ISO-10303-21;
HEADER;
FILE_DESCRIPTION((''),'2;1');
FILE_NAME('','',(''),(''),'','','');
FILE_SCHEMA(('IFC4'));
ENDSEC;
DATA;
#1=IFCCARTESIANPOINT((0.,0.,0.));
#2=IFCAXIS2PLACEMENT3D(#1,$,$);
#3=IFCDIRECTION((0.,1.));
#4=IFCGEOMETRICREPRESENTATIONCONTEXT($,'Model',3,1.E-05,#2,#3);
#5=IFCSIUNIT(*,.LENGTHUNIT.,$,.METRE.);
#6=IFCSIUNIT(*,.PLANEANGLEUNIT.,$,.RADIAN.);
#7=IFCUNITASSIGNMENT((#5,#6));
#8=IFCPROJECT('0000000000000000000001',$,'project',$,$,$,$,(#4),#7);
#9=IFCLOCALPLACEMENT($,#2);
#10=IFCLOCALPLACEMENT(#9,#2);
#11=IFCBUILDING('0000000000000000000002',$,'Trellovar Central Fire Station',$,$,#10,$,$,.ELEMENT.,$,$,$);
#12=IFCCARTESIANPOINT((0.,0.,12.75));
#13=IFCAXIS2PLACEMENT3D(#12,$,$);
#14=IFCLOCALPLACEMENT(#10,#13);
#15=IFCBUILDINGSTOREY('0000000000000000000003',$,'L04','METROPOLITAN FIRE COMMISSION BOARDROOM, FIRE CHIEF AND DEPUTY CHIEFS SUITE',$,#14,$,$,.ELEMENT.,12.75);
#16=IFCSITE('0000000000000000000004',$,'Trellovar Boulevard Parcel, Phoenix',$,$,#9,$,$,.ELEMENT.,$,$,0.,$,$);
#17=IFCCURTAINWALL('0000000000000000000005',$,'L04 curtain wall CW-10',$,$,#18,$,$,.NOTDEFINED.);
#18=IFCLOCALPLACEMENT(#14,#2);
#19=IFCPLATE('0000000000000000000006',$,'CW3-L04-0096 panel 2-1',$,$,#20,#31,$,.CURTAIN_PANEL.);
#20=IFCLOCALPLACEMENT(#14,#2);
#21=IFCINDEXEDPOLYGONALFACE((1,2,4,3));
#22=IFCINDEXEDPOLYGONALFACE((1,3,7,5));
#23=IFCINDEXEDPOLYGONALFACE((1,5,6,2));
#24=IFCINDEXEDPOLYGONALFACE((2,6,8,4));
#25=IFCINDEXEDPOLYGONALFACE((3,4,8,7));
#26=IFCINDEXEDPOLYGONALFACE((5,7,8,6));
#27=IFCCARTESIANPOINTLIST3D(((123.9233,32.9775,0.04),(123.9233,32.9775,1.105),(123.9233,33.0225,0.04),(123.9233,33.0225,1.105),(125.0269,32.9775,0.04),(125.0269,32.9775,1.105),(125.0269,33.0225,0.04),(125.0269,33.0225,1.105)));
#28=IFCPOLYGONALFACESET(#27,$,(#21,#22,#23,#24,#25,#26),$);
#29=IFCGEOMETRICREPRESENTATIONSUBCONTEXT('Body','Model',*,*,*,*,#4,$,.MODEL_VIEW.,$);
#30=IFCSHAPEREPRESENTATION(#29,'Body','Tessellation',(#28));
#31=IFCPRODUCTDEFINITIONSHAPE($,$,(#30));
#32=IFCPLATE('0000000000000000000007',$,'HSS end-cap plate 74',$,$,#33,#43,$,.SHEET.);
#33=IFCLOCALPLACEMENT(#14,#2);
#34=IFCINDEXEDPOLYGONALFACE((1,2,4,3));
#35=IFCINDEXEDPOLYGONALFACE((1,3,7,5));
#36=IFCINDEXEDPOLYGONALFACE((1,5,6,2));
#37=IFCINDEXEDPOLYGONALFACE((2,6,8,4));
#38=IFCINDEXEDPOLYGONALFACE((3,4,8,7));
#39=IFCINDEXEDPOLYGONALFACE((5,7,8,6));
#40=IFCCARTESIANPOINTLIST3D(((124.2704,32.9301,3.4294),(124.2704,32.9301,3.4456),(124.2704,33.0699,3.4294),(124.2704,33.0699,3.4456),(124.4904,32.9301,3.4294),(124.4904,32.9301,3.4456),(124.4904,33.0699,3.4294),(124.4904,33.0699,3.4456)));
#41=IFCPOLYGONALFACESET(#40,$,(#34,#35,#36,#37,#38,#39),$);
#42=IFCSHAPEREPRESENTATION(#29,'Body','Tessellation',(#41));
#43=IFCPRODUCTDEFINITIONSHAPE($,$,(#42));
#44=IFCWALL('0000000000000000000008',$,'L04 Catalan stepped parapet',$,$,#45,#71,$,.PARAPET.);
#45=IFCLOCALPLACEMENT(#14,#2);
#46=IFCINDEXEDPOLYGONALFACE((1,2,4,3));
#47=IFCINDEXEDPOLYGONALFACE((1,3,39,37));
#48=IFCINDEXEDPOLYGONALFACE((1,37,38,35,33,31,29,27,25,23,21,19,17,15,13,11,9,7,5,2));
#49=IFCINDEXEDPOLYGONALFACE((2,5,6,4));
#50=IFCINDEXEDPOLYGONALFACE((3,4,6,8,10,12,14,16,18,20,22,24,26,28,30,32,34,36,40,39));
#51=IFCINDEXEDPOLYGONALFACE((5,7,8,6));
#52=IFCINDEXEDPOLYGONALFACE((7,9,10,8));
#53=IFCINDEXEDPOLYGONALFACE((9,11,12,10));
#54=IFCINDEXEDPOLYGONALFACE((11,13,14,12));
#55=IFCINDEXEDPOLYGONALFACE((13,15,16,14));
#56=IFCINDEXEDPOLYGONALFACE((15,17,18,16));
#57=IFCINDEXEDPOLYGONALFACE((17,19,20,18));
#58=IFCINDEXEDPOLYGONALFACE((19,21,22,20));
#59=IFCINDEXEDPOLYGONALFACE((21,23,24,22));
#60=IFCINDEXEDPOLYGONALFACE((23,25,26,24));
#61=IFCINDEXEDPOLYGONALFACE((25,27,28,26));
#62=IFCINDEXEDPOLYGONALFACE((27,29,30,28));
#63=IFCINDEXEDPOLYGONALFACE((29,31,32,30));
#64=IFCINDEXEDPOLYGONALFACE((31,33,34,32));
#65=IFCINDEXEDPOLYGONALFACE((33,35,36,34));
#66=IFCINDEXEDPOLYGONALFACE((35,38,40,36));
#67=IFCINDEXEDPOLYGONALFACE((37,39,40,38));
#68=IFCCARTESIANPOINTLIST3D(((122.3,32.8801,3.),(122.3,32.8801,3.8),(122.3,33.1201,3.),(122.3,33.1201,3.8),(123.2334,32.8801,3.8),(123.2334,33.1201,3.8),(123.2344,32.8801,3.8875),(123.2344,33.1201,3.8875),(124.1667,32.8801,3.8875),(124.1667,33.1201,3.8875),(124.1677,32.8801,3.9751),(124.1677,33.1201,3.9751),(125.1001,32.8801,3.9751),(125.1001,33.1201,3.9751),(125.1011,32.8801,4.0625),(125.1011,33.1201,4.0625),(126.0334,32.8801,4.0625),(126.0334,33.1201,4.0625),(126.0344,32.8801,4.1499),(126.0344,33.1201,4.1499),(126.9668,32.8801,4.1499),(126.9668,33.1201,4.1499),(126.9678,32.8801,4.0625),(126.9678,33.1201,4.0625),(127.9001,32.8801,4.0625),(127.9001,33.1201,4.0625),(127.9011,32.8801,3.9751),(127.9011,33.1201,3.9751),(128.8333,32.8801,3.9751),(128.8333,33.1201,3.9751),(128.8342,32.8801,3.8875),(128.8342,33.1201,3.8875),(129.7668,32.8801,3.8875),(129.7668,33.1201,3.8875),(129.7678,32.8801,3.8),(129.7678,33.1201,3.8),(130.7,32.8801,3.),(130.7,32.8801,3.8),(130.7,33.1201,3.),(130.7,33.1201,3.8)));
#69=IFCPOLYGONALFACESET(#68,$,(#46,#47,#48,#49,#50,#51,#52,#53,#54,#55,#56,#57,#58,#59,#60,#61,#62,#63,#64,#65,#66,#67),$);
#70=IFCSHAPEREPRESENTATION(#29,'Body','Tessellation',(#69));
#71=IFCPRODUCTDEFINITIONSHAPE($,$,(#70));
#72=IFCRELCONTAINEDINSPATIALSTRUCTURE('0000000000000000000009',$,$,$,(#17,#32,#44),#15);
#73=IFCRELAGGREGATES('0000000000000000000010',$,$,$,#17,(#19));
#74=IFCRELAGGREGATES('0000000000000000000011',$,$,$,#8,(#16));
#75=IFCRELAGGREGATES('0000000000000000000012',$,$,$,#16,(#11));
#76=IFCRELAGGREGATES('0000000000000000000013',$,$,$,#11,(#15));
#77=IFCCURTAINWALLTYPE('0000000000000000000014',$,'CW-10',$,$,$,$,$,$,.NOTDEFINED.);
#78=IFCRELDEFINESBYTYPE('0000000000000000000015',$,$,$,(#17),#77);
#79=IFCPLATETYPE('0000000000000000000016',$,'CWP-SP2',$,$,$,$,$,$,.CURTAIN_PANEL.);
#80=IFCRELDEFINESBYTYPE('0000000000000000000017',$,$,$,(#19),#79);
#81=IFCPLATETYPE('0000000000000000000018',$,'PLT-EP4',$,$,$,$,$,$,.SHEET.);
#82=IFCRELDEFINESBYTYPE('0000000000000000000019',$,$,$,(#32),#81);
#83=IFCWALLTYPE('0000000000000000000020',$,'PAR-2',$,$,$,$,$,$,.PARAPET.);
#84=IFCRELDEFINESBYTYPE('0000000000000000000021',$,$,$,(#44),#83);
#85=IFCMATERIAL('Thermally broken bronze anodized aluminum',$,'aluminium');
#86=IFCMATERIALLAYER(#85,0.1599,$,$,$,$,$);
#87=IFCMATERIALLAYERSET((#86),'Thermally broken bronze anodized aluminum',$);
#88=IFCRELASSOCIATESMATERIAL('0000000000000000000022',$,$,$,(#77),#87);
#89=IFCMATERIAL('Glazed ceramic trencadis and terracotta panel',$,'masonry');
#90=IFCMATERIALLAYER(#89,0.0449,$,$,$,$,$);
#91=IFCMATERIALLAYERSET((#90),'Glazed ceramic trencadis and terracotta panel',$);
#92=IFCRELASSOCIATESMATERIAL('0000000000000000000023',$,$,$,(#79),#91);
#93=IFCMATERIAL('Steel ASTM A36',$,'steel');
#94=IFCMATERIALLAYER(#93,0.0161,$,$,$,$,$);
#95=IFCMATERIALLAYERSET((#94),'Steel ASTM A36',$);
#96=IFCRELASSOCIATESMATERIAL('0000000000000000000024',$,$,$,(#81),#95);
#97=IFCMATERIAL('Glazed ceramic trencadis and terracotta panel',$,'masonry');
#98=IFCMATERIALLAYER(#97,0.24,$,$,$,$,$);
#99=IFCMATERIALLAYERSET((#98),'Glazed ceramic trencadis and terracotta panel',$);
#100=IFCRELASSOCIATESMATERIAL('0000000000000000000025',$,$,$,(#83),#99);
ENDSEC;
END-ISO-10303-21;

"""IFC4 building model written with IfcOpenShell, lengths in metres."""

from ifc_helpers import new_model, si_unit, direction, frame, origin, origin_2d, place, context, subcontext, project, spatial, polyline, rectangle, outline, extrude, material, layer, layer_set, type_object, element, aggregate, save


model = new_model("IFC4")

# Units and contexts
model_context = context("Model", 3, precision=1e-05, world=origin(), true_north=direction((0.0, 1.0)))
body_context = subcontext(model_context, "Body", "Model", "MODEL_VIEW")
ifc_project = project(units=[si_unit("LENGTHUNIT", "METRE"), si_unit("PLANEANGLEUNIT", "RADIAN")], contexts=[model_context])

# Site, building, storey
site_placement = place(None, origin())
site = spatial("IfcSite", under=ifc_project, at=site_placement, Name="Trellovar Boulevard Parcel, Phoenix", CompositionType="ELEMENT", RefElevation=0.0)
building_placement = place(site_placement, origin())
building = spatial("IfcBuilding", under=site, at=building_placement, Name="Trellovar Central Fire Station", CompositionType="ELEMENT")
storey_placement = place(building_placement, frame((0.0, 0.0, 12.75)))
storey = spatial("IfcBuildingStorey", under=building, at=storey_placement, Name="L04", Description="METROPOLITAN FIRE COMMISSION BOARDROOM, FIRE CHIEF AND DEPUTY CHIEFS SUITE", CompositionType="ELEMENT", Elevation=12.75)

# Curtain wall
ifc_material_1 = material(Name="Thermally broken bronze anodized aluminum", Category="aluminium")
ifc_layer_1 = layer(ifc_material_1, 0.1599)
ifc_layer_set_1 = layer_set([ifc_layer_1], Name="Thermally broken bronze anodized aluminum")
curtain_wall_type = type_object("IfcCurtainWallType", Name="CW-10", PredefinedType="NOTDEFINED", material=ifc_layer_set_1)
curtain_wall_placement = place(storey_placement, origin())
curtain_wall = element("IfcCurtainWall", 1, at=curtain_wall_placement, inside=storey, type_object=curtain_wall_type, Name="L04 curtain wall CW-10", PredefinedType="NOTDEFINED")

# Plates
ifc_material_2 = material(Name="Glazed ceramic trencadis and terracotta panel", Category="masonry")
ifc_layer_2 = layer(ifc_material_2, 0.0449)
ifc_layer_set_2 = layer_set([ifc_layer_2], Name="Glazed ceramic trencadis and terracotta panel")
plate_type_1 = type_object("IfcPlateType", Name="CWP-SP2", PredefinedType="CURTAIN_PANEL", material=ifc_layer_set_2)
plate_1_placement = place(storey_placement, frame((124.4751, 33.0, 0.04), z_axis=(0.0, 0.0, 1.0), x_axis=(-1.0, 0.0, 0.0)))
plate_1 = element("IfcPlate", 2, at=plate_1_placement, type_object=plate_type_1, Name="CW3-L04-0096 panel 2-1", PredefinedType="CURTAIN_PANEL", context=body_context, shape_type="SweptSolid", body=[
    extrude(rectangle(XDim=1.1035, YDim=0.0449, at=origin_2d()), origin(), (0.0, 0.0, 1.0), 1.0649),
])
aggregate(curtain_wall, [plate_1])
ifc_material_3 = material(Name="Steel ASTM A36", Category="steel")
ifc_layer_3 = layer(ifc_material_3, 0.0161)
ifc_layer_set_3 = layer_set([ifc_layer_3], Name="Steel ASTM A36")
plate_type_2 = type_object("IfcPlateType", Name="PLT-EP4", PredefinedType="SHEET", material=ifc_layer_set_3)
plate_2_placement = place(storey_placement, frame((124.3804, 33.0, 3.4294), z_axis=(0.0, 0.0, 1.0), x_axis=(1.0, 0.0, 0.0)))
element("IfcPlate", 3, at=plate_2_placement, inside=storey, type_object=plate_type_2, Name="HSS end-cap plate 74", PredefinedType="SHEET", context=body_context, shape_type="SweptSolid", body=[
    extrude(rectangle(XDim=0.22, YDim=0.1399, at=origin_2d()), origin(), (0.0, 0.0, 1.0), 0.0161),
])

# Wall
ifc_material_4 = material(Name="Glazed ceramic trencadis and terracotta panel", Category="masonry")
ifc_layer_4 = layer(ifc_material_4, 0.24)
ifc_layer_set_4 = layer_set([ifc_layer_4], Name="Glazed ceramic trencadis and terracotta panel")
wall_type = type_object("IfcWallType", Name="PAR-2", PredefinedType="PARAPET", material=ifc_layer_set_4)
wall_placement = place(storey_placement, frame((122.3, 33.0, 3.0), z_axis=(0.0, 0.0, 1.0), x_axis=(1.0, 0.0, 0.0)))
element("IfcWall", 4, at=wall_placement, inside=storey, type_object=wall_type, Name="L04 Catalan stepped parapet", PredefinedType="PARAPET", context=body_context, shape_type="SweptSolid", body=[
    extrude(outline(polyline([(0.0, 0.0), (8.3999, 0.0), (8.3999, 0.8), (7.4678, 0.8), (7.4668, 0.8875), (6.5342, 0.8875), (6.5332, 0.9751), (5.6011, 0.9751), (5.6001, 1.0625), (4.6677, 1.0625), (4.6667, 1.1499), (3.7344, 1.1499), (3.7334, 1.0625), (2.801, 1.0625), (2.8, 0.9751), (1.8677, 0.9751), (1.8667, 0.8875), (0.9343, 0.8875), (0.9333, 0.8), (0.0, 0.8), (0.0, 0.0)])), frame((0.0, 0.1201, 0.0), z_axis=(0.0, -1.0, 0.0), x_axis=(1.0, 0.0, 0.0)), (0.0, 0.0, 1.0), 0.24),
])

save(model, "model.ifc")
